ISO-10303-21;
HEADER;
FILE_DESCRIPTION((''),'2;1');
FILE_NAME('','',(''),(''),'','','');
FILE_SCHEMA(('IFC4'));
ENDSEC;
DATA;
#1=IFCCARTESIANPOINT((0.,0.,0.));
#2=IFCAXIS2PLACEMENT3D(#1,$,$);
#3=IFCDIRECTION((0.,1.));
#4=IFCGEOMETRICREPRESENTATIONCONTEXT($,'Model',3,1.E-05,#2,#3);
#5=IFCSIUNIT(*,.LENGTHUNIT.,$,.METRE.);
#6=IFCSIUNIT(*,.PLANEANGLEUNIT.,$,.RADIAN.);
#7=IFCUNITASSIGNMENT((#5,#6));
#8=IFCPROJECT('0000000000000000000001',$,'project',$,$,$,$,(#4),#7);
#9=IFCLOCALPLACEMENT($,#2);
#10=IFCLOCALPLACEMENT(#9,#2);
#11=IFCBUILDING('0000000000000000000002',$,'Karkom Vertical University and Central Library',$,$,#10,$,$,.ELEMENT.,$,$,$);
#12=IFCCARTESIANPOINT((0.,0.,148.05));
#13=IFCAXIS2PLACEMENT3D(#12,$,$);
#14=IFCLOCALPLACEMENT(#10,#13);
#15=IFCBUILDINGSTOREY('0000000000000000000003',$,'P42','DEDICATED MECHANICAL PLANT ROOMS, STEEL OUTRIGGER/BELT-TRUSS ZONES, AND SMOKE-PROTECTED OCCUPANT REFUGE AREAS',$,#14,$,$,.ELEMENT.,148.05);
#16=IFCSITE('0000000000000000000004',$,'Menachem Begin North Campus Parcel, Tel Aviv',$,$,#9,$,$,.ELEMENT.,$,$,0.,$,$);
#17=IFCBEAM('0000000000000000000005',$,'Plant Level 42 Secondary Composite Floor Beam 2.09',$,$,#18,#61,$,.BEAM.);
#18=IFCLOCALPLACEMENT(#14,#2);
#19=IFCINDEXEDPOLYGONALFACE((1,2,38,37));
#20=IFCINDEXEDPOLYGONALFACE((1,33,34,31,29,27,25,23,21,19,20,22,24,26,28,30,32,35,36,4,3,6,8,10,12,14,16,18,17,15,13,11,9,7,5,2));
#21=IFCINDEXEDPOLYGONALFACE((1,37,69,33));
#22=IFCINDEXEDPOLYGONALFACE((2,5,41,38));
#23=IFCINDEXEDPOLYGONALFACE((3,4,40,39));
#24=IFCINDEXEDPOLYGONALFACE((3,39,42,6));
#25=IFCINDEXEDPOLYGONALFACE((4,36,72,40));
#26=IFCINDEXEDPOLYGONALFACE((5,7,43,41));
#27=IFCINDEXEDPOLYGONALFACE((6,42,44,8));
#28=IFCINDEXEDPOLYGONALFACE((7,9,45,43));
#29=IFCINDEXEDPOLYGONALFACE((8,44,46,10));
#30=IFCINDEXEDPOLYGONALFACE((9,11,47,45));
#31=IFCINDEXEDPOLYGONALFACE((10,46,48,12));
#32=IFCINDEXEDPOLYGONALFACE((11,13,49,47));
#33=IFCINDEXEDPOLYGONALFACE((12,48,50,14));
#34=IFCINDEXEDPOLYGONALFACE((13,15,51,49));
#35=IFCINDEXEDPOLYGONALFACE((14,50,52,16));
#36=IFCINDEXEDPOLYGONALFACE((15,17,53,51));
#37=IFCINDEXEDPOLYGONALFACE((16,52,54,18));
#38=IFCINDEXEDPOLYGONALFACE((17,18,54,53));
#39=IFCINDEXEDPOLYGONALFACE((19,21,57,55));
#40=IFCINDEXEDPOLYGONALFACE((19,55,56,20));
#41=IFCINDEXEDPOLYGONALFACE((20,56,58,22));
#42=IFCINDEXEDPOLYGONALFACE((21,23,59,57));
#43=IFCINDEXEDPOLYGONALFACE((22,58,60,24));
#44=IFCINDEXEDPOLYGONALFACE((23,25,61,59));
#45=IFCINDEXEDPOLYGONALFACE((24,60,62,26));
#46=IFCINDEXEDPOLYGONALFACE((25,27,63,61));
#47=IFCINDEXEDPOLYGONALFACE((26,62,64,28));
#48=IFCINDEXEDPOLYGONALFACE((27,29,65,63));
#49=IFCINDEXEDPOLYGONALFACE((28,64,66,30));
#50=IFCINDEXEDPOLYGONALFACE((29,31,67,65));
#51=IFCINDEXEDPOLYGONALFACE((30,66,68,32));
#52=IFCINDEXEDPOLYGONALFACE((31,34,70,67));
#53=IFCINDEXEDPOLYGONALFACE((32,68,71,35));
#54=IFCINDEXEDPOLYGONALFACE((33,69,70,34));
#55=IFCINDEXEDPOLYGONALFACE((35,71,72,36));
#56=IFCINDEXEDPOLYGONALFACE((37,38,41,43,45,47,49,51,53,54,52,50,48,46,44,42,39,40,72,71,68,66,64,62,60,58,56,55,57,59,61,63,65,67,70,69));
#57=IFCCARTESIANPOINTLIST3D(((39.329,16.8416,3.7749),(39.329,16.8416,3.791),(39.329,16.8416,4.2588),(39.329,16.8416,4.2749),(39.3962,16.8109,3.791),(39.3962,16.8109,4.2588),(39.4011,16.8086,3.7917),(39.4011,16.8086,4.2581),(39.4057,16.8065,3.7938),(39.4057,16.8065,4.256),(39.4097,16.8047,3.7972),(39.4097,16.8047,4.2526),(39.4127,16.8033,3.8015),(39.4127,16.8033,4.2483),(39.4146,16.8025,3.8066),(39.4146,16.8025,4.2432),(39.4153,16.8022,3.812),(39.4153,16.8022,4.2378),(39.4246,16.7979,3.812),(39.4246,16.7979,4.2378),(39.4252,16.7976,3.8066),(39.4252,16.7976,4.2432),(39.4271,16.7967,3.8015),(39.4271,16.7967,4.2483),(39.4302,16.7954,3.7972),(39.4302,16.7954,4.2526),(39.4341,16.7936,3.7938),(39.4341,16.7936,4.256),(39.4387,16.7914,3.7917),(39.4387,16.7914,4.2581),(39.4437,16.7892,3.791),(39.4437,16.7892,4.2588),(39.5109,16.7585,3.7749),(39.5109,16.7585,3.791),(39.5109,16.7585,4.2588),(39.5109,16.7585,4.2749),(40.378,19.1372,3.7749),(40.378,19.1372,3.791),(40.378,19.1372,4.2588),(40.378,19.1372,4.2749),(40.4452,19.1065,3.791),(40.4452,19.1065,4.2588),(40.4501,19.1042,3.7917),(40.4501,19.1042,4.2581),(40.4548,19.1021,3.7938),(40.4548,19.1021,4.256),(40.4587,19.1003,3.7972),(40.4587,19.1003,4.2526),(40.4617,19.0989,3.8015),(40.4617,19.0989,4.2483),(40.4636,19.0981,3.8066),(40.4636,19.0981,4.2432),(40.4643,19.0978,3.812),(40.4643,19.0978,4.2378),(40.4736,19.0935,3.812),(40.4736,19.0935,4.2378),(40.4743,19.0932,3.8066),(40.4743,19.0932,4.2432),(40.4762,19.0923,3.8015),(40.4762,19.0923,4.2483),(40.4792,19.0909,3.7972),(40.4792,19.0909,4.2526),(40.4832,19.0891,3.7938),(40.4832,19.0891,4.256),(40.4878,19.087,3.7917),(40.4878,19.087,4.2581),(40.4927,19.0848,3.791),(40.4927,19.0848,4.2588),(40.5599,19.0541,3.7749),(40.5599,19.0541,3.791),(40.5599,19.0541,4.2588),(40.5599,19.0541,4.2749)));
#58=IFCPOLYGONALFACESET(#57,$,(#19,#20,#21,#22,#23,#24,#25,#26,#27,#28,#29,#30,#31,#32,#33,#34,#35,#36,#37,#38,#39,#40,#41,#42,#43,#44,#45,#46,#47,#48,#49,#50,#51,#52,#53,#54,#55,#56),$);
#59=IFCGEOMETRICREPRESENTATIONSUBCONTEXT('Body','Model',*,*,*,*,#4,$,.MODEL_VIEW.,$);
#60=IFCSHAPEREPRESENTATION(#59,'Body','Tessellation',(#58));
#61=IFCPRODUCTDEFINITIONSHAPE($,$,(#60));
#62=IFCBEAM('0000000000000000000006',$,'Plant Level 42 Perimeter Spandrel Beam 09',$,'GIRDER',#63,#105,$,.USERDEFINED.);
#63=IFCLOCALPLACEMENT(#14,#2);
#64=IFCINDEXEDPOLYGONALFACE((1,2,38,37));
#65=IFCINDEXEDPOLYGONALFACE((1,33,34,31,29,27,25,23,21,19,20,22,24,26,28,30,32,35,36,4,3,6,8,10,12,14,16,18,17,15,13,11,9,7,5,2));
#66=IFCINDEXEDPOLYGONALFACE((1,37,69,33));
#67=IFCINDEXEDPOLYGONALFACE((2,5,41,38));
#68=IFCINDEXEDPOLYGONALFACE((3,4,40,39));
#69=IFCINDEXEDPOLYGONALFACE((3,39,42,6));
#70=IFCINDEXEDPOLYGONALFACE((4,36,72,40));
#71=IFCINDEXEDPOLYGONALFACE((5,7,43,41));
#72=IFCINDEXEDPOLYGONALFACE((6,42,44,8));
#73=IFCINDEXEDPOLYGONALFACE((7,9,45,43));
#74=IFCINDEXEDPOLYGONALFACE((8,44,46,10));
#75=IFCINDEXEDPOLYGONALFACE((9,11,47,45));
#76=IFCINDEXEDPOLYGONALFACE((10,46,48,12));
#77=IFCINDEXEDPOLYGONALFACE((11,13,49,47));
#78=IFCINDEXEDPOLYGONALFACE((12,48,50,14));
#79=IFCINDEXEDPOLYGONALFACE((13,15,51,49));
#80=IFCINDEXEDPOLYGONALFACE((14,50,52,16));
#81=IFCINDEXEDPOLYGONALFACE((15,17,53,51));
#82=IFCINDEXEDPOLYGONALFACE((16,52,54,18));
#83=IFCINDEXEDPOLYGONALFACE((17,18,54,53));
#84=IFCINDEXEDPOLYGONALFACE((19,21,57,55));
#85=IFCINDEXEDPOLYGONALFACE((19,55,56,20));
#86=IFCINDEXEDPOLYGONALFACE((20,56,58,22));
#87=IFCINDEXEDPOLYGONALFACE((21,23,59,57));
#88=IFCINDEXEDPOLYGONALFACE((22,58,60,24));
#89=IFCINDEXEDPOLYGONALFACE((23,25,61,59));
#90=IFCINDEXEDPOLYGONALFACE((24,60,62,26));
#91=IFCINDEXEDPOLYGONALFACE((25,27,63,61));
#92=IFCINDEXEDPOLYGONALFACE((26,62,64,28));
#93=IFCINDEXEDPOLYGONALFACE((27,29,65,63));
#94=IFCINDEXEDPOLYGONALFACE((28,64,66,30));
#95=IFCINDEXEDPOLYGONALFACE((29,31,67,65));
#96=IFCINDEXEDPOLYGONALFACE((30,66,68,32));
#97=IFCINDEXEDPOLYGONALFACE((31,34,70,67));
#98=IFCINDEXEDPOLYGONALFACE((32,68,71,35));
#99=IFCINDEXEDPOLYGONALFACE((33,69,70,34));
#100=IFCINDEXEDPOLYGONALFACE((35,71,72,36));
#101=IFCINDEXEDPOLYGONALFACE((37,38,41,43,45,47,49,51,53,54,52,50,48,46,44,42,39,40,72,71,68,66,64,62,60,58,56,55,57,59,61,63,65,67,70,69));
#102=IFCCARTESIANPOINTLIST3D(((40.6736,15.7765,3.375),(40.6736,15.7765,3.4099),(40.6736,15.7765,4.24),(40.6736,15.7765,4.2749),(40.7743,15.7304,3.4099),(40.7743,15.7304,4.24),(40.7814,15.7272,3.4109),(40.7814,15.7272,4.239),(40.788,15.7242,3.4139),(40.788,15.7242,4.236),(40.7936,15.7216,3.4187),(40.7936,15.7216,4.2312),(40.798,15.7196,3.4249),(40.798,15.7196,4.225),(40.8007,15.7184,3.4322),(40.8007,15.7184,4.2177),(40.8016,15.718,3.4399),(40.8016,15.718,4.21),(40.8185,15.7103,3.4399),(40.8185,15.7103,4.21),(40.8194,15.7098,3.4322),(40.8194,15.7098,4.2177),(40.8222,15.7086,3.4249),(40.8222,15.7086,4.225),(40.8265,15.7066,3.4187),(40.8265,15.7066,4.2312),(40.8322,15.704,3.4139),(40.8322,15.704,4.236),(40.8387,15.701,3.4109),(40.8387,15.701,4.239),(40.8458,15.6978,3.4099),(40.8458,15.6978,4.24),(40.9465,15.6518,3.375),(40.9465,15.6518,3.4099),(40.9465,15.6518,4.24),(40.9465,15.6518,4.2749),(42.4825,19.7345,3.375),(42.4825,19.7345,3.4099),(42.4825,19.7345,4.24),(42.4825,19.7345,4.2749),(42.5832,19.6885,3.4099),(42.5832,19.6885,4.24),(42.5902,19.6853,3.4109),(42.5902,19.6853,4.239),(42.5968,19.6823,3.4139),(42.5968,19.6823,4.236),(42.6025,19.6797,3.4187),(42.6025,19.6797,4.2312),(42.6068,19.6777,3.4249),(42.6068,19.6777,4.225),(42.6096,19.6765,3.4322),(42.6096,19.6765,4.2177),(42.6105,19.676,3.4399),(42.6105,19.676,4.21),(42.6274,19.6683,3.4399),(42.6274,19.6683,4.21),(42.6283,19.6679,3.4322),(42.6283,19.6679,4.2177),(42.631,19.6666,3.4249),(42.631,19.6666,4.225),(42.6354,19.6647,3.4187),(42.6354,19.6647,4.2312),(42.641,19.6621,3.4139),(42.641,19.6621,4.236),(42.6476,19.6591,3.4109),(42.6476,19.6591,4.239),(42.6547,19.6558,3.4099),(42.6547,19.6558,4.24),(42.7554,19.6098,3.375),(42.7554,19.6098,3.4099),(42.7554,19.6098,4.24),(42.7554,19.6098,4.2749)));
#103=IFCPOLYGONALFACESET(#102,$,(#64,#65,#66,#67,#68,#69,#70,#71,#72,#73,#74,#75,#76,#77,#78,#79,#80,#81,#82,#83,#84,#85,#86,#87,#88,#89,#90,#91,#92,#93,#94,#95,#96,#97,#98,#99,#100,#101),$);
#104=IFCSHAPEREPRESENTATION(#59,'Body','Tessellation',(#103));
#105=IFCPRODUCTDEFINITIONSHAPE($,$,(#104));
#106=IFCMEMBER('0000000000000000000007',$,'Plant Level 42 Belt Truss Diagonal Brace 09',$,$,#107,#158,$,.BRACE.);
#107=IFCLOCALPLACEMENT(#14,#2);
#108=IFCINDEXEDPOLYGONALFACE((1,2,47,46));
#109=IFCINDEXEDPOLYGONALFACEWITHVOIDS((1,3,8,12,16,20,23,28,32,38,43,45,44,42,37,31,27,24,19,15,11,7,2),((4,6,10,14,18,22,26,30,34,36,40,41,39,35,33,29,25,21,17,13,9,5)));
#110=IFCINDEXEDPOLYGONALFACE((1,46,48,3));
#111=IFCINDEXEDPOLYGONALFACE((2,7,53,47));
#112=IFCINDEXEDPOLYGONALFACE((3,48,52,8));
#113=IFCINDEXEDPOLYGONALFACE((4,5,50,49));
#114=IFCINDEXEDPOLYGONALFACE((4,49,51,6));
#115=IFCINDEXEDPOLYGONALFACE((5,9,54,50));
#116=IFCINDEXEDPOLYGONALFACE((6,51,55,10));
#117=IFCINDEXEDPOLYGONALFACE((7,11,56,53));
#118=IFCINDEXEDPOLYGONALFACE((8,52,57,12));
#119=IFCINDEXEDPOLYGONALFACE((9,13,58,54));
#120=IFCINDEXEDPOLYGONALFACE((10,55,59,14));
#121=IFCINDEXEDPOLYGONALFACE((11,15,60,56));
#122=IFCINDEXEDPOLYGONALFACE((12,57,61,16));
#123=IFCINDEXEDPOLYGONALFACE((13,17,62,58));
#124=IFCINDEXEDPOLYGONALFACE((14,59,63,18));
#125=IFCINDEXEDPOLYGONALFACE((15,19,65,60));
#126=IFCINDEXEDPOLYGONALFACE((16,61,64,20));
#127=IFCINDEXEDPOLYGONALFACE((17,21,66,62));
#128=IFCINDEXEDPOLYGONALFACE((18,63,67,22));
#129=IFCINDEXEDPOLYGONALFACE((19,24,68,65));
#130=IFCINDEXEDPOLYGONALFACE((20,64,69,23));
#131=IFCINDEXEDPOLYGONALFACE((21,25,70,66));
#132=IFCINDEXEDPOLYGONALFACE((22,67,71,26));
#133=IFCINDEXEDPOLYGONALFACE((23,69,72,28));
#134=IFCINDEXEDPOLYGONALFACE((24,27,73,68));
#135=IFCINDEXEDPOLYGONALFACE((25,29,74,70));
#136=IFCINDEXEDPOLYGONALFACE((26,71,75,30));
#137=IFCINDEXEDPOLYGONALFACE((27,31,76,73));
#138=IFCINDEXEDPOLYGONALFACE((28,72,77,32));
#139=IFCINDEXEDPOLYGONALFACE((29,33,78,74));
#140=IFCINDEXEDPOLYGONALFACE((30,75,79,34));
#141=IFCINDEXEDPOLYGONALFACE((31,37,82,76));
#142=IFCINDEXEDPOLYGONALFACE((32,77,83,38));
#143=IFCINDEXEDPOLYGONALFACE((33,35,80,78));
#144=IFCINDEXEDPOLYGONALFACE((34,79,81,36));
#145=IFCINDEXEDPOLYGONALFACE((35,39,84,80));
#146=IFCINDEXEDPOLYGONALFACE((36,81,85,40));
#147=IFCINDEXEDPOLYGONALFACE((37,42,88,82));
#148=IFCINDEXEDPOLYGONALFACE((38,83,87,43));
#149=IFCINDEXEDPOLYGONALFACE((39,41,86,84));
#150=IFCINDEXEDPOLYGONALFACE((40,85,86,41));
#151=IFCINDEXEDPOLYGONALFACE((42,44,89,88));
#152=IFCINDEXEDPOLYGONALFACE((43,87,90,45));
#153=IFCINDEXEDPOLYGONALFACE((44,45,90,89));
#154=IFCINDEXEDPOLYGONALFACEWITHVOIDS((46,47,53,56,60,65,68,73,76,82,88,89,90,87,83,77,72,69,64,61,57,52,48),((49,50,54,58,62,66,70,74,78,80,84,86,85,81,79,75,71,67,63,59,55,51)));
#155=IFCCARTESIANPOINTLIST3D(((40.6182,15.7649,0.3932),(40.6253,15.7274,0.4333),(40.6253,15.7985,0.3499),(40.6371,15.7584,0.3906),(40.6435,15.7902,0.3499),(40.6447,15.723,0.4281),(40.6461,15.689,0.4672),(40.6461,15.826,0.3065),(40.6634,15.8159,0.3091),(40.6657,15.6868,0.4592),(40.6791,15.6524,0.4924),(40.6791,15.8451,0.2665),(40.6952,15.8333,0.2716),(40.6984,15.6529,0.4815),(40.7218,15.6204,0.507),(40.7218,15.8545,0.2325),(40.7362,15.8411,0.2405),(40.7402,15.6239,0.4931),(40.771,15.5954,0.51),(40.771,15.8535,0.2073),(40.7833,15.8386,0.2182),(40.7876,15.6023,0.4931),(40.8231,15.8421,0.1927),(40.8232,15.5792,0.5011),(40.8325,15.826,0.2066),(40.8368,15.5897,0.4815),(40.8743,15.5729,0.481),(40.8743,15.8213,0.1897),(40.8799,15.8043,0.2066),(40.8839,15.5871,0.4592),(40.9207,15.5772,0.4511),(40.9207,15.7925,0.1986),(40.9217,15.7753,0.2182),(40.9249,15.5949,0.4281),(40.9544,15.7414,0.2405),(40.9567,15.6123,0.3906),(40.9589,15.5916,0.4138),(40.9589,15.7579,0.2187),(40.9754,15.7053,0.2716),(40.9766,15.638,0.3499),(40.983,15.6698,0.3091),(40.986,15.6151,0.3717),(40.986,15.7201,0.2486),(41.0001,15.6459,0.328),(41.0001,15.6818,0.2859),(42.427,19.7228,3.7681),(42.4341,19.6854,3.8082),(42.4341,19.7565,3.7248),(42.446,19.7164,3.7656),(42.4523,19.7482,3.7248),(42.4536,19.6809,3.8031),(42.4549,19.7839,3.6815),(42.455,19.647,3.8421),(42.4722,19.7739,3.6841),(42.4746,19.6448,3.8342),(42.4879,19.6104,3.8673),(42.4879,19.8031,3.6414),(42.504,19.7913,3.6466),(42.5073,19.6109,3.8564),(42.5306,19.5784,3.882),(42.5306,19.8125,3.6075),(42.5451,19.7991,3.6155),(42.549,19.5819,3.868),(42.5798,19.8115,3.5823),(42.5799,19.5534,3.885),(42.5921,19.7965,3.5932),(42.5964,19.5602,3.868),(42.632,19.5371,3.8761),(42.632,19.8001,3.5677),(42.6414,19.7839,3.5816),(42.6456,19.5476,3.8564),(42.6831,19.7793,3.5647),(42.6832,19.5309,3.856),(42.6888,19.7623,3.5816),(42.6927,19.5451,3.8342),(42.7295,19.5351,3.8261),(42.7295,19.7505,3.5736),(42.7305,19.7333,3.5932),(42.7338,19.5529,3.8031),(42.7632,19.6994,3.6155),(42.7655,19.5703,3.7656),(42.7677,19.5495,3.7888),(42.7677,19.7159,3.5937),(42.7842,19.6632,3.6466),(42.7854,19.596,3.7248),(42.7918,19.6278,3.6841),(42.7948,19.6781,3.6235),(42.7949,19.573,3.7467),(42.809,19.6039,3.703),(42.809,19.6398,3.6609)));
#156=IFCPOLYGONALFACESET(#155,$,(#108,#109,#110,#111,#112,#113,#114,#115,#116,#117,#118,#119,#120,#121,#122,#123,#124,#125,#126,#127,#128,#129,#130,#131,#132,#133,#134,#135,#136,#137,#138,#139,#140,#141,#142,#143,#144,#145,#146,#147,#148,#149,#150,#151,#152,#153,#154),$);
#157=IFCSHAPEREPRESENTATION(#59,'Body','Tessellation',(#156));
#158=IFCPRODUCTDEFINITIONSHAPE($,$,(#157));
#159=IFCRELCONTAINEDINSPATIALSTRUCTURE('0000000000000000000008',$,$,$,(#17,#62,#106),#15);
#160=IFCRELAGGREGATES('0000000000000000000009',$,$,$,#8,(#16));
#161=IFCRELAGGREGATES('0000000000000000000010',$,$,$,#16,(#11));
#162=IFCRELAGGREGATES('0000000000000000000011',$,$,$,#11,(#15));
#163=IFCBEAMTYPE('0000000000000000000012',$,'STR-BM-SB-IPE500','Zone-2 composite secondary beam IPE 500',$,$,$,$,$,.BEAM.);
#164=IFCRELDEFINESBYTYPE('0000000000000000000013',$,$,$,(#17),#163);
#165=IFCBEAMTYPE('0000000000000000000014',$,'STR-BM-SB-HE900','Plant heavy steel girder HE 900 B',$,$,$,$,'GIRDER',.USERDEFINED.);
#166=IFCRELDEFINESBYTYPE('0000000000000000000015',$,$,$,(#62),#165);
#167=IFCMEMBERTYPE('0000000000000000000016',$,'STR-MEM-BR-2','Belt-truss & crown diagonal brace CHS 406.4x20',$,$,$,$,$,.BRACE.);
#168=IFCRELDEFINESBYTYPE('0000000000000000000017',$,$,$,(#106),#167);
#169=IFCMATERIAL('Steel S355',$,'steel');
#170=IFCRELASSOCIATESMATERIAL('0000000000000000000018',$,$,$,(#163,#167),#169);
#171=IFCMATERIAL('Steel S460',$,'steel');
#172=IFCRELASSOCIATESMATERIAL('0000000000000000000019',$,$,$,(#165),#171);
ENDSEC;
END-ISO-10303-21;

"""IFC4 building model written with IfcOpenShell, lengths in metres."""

from ifc_helpers import new_model, si_unit, direction, frame, origin, origin_with_axes, origin_2d, place, context, subcontext, project, spatial, hollow_circle, i_section, extrude, source, transform, mapped, material, material_profile, profile_set, type_object, element, save


model = new_model("IFC4")

# Units and contexts
model_context = context("Model", 3, precision=1e-05, world=origin(), true_north=direction((0.0, 1.0)))
body_context = subcontext(model_context, "Body", "Model", "MODEL_VIEW")
ifc_project = project(units=[si_unit("LENGTHUNIT", "METRE"), si_unit("PLANEANGLEUNIT", "RADIAN")], contexts=[model_context])

# Site, building, storey
site_placement = place(None, origin())
site = spatial("IfcSite", under=ifc_project, at=site_placement, Name="Menachem Begin North Campus Parcel, Tel Aviv", CompositionType="ELEMENT", RefElevation=0.0)
building_placement = place(site_placement, origin())
building = spatial("IfcBuilding", under=site, at=building_placement, Name="Karkom Vertical University and Central Library", CompositionType="ELEMENT")
storey_placement = place(building_placement, frame((0.0, 0.0, 148.05)))
storey = spatial("IfcBuildingStorey", under=building, at=storey_placement, Name="P42", Description="DEDICATED MECHANICAL PLANT ROOMS, STEEL OUTRIGGER/BELT-TRUSS ZONES, AND SMOKE-PROTECTED OCCUPANT REFUGE AREAS", CompositionType="ELEMENT", Elevation=148.05)

# Shared definitions
ifc_material_1 = material(Name="Steel S355", Category="steel")

# Beams
ifc_material_profile_1 = material_profile(ifc_material_1, i_section(OverallWidth=0.2, OverallDepth=0.5, WebThickness=0.0103, FlangeThickness=0.0161, FilletRadius=0.021, at=origin_2d()), Name="IPE 500")
ifc_profile_set_1 = profile_set([ifc_material_profile_1], Name="Steel S355")
beam_type_1 = type_object("IfcBeamType", Name="STR-BM-SB-IPE500", Description="Zone-2 composite secondary beam IPE 500", PredefinedType="BEAM", material=ifc_profile_set_1)
shared_shape_1 = source(origin_with_axes(), body_context, "Body", "SweptSolid", [
    extrude(i_section(OverallWidth=0.2, OverallDepth=0.5, WebThickness=0.0103, FlangeThickness=0.0161, FilletRadius=0.021, at=origin_2d()), origin(), (0.0, 0.0, 1.0), 2.5239),
])
beam_1_placement = place(storey_placement, frame((39.4199, 16.8, 4.0249), z_axis=(0.415639, 0.90953, 0.0), x_axis=(-0.90953, 0.415639, 0.0)))
element("IfcBeam", 1, at=beam_1_placement, inside=storey, type_object=beam_type_1, Name="Plant Level 42 Secondary Composite Floor Beam 2.09", PredefinedType="BEAM", context=body_context, shape_type="MappedRepresentation", body=[
    mapped(shared_shape_1, transform((0.0, 0.0, 0.0), scale=1.0)),
])
ifc_material_2 = material(Name="Steel S460", Category="steel")
ifc_material_profile_2 = material_profile(ifc_material_2, i_section(OverallWidth=0.3, OverallDepth=0.8999, WebThickness=0.0186, FlangeThickness=0.0349, FilletRadius=0.03, at=origin_2d()), Name="HE 900 B")
ifc_profile_set_2 = profile_set([ifc_material_profile_2], Name="Steel S460")
beam_type_2 = type_object("IfcBeamType", Name="STR-BM-SB-HE900", Description="Plant heavy steel girder HE 900 B", ElementType="GIRDER", PredefinedType="USERDEFINED", material=ifc_profile_set_2)
shared_shape_2 = source(origin_with_axes(), body_context, "Body", "SweptSolid", [
    extrude(i_section(OverallWidth=0.3, OverallDepth=0.8999, WebThickness=0.0186, FlangeThickness=0.0349, FilletRadius=0.03, at=origin_2d()), origin(), (0.0, 0.0, 1.0), 4.3518),
])
beam_2_placement = place(storey_placement, frame((40.8101, 15.7141, 3.825), z_axis=(0.415658, 0.909521, 0.0), x_axis=(-0.909521, 0.415658, 0.0)))
element("IfcBeam", 2, at=beam_2_placement, inside=storey, type_object=beam_type_2, Name="Plant Level 42 Perimeter Spandrel Beam 09", ObjectType="GIRDER", PredefinedType="USERDEFINED", context=body_context, shape_type="MappedRepresentation", body=[
    mapped(shared_shape_2, transform((0.0, 0.0, 0.0), scale=1.0)),
])

# Member
ifc_material_profile_3 = material_profile(ifc_material_1, hollow_circle(Radius=0.2031, WallThickness=0.02, at=origin_2d()), Name="CHS 406.4x20")
ifc_profile_set_3 = profile_set([ifc_material_profile_3], Name="Steel S355")
member_type_1 = type_object("IfcMemberType", Name="STR-MEM-BR-2", Description="Belt-truss & crown diagonal brace CHS 406.4x20", PredefinedType="BRACE", material=ifc_profile_set_3)
shared_shape_3 = source(origin_with_axes(), body_context, "Body", "SweptSolid", [
    extrude(hollow_circle(Radius=0.2031, WallThickness=0.02, at=origin_2d()), origin(), (0.0, 0.0, 1.0), 5.5071),
])
member_1_placement = place(storey_placement, frame((40.8101, 15.7141, 0.3499), z_axis=(0.328455, 0.718708, 0.612843), x_axis=(-0.909521, 0.415658, 0.0)))
element("IfcMember", 3, at=member_1_placement, inside=storey, type_object=member_type_1, Name="Plant Level 42 Belt Truss Diagonal Brace 09", PredefinedType="BRACE", context=body_context, shape_type="MappedRepresentation", body=[
    mapped(shared_shape_3, transform((0.0, 0.0, 0.0), scale=1.0)),
])

save(model, "model.ifc")
